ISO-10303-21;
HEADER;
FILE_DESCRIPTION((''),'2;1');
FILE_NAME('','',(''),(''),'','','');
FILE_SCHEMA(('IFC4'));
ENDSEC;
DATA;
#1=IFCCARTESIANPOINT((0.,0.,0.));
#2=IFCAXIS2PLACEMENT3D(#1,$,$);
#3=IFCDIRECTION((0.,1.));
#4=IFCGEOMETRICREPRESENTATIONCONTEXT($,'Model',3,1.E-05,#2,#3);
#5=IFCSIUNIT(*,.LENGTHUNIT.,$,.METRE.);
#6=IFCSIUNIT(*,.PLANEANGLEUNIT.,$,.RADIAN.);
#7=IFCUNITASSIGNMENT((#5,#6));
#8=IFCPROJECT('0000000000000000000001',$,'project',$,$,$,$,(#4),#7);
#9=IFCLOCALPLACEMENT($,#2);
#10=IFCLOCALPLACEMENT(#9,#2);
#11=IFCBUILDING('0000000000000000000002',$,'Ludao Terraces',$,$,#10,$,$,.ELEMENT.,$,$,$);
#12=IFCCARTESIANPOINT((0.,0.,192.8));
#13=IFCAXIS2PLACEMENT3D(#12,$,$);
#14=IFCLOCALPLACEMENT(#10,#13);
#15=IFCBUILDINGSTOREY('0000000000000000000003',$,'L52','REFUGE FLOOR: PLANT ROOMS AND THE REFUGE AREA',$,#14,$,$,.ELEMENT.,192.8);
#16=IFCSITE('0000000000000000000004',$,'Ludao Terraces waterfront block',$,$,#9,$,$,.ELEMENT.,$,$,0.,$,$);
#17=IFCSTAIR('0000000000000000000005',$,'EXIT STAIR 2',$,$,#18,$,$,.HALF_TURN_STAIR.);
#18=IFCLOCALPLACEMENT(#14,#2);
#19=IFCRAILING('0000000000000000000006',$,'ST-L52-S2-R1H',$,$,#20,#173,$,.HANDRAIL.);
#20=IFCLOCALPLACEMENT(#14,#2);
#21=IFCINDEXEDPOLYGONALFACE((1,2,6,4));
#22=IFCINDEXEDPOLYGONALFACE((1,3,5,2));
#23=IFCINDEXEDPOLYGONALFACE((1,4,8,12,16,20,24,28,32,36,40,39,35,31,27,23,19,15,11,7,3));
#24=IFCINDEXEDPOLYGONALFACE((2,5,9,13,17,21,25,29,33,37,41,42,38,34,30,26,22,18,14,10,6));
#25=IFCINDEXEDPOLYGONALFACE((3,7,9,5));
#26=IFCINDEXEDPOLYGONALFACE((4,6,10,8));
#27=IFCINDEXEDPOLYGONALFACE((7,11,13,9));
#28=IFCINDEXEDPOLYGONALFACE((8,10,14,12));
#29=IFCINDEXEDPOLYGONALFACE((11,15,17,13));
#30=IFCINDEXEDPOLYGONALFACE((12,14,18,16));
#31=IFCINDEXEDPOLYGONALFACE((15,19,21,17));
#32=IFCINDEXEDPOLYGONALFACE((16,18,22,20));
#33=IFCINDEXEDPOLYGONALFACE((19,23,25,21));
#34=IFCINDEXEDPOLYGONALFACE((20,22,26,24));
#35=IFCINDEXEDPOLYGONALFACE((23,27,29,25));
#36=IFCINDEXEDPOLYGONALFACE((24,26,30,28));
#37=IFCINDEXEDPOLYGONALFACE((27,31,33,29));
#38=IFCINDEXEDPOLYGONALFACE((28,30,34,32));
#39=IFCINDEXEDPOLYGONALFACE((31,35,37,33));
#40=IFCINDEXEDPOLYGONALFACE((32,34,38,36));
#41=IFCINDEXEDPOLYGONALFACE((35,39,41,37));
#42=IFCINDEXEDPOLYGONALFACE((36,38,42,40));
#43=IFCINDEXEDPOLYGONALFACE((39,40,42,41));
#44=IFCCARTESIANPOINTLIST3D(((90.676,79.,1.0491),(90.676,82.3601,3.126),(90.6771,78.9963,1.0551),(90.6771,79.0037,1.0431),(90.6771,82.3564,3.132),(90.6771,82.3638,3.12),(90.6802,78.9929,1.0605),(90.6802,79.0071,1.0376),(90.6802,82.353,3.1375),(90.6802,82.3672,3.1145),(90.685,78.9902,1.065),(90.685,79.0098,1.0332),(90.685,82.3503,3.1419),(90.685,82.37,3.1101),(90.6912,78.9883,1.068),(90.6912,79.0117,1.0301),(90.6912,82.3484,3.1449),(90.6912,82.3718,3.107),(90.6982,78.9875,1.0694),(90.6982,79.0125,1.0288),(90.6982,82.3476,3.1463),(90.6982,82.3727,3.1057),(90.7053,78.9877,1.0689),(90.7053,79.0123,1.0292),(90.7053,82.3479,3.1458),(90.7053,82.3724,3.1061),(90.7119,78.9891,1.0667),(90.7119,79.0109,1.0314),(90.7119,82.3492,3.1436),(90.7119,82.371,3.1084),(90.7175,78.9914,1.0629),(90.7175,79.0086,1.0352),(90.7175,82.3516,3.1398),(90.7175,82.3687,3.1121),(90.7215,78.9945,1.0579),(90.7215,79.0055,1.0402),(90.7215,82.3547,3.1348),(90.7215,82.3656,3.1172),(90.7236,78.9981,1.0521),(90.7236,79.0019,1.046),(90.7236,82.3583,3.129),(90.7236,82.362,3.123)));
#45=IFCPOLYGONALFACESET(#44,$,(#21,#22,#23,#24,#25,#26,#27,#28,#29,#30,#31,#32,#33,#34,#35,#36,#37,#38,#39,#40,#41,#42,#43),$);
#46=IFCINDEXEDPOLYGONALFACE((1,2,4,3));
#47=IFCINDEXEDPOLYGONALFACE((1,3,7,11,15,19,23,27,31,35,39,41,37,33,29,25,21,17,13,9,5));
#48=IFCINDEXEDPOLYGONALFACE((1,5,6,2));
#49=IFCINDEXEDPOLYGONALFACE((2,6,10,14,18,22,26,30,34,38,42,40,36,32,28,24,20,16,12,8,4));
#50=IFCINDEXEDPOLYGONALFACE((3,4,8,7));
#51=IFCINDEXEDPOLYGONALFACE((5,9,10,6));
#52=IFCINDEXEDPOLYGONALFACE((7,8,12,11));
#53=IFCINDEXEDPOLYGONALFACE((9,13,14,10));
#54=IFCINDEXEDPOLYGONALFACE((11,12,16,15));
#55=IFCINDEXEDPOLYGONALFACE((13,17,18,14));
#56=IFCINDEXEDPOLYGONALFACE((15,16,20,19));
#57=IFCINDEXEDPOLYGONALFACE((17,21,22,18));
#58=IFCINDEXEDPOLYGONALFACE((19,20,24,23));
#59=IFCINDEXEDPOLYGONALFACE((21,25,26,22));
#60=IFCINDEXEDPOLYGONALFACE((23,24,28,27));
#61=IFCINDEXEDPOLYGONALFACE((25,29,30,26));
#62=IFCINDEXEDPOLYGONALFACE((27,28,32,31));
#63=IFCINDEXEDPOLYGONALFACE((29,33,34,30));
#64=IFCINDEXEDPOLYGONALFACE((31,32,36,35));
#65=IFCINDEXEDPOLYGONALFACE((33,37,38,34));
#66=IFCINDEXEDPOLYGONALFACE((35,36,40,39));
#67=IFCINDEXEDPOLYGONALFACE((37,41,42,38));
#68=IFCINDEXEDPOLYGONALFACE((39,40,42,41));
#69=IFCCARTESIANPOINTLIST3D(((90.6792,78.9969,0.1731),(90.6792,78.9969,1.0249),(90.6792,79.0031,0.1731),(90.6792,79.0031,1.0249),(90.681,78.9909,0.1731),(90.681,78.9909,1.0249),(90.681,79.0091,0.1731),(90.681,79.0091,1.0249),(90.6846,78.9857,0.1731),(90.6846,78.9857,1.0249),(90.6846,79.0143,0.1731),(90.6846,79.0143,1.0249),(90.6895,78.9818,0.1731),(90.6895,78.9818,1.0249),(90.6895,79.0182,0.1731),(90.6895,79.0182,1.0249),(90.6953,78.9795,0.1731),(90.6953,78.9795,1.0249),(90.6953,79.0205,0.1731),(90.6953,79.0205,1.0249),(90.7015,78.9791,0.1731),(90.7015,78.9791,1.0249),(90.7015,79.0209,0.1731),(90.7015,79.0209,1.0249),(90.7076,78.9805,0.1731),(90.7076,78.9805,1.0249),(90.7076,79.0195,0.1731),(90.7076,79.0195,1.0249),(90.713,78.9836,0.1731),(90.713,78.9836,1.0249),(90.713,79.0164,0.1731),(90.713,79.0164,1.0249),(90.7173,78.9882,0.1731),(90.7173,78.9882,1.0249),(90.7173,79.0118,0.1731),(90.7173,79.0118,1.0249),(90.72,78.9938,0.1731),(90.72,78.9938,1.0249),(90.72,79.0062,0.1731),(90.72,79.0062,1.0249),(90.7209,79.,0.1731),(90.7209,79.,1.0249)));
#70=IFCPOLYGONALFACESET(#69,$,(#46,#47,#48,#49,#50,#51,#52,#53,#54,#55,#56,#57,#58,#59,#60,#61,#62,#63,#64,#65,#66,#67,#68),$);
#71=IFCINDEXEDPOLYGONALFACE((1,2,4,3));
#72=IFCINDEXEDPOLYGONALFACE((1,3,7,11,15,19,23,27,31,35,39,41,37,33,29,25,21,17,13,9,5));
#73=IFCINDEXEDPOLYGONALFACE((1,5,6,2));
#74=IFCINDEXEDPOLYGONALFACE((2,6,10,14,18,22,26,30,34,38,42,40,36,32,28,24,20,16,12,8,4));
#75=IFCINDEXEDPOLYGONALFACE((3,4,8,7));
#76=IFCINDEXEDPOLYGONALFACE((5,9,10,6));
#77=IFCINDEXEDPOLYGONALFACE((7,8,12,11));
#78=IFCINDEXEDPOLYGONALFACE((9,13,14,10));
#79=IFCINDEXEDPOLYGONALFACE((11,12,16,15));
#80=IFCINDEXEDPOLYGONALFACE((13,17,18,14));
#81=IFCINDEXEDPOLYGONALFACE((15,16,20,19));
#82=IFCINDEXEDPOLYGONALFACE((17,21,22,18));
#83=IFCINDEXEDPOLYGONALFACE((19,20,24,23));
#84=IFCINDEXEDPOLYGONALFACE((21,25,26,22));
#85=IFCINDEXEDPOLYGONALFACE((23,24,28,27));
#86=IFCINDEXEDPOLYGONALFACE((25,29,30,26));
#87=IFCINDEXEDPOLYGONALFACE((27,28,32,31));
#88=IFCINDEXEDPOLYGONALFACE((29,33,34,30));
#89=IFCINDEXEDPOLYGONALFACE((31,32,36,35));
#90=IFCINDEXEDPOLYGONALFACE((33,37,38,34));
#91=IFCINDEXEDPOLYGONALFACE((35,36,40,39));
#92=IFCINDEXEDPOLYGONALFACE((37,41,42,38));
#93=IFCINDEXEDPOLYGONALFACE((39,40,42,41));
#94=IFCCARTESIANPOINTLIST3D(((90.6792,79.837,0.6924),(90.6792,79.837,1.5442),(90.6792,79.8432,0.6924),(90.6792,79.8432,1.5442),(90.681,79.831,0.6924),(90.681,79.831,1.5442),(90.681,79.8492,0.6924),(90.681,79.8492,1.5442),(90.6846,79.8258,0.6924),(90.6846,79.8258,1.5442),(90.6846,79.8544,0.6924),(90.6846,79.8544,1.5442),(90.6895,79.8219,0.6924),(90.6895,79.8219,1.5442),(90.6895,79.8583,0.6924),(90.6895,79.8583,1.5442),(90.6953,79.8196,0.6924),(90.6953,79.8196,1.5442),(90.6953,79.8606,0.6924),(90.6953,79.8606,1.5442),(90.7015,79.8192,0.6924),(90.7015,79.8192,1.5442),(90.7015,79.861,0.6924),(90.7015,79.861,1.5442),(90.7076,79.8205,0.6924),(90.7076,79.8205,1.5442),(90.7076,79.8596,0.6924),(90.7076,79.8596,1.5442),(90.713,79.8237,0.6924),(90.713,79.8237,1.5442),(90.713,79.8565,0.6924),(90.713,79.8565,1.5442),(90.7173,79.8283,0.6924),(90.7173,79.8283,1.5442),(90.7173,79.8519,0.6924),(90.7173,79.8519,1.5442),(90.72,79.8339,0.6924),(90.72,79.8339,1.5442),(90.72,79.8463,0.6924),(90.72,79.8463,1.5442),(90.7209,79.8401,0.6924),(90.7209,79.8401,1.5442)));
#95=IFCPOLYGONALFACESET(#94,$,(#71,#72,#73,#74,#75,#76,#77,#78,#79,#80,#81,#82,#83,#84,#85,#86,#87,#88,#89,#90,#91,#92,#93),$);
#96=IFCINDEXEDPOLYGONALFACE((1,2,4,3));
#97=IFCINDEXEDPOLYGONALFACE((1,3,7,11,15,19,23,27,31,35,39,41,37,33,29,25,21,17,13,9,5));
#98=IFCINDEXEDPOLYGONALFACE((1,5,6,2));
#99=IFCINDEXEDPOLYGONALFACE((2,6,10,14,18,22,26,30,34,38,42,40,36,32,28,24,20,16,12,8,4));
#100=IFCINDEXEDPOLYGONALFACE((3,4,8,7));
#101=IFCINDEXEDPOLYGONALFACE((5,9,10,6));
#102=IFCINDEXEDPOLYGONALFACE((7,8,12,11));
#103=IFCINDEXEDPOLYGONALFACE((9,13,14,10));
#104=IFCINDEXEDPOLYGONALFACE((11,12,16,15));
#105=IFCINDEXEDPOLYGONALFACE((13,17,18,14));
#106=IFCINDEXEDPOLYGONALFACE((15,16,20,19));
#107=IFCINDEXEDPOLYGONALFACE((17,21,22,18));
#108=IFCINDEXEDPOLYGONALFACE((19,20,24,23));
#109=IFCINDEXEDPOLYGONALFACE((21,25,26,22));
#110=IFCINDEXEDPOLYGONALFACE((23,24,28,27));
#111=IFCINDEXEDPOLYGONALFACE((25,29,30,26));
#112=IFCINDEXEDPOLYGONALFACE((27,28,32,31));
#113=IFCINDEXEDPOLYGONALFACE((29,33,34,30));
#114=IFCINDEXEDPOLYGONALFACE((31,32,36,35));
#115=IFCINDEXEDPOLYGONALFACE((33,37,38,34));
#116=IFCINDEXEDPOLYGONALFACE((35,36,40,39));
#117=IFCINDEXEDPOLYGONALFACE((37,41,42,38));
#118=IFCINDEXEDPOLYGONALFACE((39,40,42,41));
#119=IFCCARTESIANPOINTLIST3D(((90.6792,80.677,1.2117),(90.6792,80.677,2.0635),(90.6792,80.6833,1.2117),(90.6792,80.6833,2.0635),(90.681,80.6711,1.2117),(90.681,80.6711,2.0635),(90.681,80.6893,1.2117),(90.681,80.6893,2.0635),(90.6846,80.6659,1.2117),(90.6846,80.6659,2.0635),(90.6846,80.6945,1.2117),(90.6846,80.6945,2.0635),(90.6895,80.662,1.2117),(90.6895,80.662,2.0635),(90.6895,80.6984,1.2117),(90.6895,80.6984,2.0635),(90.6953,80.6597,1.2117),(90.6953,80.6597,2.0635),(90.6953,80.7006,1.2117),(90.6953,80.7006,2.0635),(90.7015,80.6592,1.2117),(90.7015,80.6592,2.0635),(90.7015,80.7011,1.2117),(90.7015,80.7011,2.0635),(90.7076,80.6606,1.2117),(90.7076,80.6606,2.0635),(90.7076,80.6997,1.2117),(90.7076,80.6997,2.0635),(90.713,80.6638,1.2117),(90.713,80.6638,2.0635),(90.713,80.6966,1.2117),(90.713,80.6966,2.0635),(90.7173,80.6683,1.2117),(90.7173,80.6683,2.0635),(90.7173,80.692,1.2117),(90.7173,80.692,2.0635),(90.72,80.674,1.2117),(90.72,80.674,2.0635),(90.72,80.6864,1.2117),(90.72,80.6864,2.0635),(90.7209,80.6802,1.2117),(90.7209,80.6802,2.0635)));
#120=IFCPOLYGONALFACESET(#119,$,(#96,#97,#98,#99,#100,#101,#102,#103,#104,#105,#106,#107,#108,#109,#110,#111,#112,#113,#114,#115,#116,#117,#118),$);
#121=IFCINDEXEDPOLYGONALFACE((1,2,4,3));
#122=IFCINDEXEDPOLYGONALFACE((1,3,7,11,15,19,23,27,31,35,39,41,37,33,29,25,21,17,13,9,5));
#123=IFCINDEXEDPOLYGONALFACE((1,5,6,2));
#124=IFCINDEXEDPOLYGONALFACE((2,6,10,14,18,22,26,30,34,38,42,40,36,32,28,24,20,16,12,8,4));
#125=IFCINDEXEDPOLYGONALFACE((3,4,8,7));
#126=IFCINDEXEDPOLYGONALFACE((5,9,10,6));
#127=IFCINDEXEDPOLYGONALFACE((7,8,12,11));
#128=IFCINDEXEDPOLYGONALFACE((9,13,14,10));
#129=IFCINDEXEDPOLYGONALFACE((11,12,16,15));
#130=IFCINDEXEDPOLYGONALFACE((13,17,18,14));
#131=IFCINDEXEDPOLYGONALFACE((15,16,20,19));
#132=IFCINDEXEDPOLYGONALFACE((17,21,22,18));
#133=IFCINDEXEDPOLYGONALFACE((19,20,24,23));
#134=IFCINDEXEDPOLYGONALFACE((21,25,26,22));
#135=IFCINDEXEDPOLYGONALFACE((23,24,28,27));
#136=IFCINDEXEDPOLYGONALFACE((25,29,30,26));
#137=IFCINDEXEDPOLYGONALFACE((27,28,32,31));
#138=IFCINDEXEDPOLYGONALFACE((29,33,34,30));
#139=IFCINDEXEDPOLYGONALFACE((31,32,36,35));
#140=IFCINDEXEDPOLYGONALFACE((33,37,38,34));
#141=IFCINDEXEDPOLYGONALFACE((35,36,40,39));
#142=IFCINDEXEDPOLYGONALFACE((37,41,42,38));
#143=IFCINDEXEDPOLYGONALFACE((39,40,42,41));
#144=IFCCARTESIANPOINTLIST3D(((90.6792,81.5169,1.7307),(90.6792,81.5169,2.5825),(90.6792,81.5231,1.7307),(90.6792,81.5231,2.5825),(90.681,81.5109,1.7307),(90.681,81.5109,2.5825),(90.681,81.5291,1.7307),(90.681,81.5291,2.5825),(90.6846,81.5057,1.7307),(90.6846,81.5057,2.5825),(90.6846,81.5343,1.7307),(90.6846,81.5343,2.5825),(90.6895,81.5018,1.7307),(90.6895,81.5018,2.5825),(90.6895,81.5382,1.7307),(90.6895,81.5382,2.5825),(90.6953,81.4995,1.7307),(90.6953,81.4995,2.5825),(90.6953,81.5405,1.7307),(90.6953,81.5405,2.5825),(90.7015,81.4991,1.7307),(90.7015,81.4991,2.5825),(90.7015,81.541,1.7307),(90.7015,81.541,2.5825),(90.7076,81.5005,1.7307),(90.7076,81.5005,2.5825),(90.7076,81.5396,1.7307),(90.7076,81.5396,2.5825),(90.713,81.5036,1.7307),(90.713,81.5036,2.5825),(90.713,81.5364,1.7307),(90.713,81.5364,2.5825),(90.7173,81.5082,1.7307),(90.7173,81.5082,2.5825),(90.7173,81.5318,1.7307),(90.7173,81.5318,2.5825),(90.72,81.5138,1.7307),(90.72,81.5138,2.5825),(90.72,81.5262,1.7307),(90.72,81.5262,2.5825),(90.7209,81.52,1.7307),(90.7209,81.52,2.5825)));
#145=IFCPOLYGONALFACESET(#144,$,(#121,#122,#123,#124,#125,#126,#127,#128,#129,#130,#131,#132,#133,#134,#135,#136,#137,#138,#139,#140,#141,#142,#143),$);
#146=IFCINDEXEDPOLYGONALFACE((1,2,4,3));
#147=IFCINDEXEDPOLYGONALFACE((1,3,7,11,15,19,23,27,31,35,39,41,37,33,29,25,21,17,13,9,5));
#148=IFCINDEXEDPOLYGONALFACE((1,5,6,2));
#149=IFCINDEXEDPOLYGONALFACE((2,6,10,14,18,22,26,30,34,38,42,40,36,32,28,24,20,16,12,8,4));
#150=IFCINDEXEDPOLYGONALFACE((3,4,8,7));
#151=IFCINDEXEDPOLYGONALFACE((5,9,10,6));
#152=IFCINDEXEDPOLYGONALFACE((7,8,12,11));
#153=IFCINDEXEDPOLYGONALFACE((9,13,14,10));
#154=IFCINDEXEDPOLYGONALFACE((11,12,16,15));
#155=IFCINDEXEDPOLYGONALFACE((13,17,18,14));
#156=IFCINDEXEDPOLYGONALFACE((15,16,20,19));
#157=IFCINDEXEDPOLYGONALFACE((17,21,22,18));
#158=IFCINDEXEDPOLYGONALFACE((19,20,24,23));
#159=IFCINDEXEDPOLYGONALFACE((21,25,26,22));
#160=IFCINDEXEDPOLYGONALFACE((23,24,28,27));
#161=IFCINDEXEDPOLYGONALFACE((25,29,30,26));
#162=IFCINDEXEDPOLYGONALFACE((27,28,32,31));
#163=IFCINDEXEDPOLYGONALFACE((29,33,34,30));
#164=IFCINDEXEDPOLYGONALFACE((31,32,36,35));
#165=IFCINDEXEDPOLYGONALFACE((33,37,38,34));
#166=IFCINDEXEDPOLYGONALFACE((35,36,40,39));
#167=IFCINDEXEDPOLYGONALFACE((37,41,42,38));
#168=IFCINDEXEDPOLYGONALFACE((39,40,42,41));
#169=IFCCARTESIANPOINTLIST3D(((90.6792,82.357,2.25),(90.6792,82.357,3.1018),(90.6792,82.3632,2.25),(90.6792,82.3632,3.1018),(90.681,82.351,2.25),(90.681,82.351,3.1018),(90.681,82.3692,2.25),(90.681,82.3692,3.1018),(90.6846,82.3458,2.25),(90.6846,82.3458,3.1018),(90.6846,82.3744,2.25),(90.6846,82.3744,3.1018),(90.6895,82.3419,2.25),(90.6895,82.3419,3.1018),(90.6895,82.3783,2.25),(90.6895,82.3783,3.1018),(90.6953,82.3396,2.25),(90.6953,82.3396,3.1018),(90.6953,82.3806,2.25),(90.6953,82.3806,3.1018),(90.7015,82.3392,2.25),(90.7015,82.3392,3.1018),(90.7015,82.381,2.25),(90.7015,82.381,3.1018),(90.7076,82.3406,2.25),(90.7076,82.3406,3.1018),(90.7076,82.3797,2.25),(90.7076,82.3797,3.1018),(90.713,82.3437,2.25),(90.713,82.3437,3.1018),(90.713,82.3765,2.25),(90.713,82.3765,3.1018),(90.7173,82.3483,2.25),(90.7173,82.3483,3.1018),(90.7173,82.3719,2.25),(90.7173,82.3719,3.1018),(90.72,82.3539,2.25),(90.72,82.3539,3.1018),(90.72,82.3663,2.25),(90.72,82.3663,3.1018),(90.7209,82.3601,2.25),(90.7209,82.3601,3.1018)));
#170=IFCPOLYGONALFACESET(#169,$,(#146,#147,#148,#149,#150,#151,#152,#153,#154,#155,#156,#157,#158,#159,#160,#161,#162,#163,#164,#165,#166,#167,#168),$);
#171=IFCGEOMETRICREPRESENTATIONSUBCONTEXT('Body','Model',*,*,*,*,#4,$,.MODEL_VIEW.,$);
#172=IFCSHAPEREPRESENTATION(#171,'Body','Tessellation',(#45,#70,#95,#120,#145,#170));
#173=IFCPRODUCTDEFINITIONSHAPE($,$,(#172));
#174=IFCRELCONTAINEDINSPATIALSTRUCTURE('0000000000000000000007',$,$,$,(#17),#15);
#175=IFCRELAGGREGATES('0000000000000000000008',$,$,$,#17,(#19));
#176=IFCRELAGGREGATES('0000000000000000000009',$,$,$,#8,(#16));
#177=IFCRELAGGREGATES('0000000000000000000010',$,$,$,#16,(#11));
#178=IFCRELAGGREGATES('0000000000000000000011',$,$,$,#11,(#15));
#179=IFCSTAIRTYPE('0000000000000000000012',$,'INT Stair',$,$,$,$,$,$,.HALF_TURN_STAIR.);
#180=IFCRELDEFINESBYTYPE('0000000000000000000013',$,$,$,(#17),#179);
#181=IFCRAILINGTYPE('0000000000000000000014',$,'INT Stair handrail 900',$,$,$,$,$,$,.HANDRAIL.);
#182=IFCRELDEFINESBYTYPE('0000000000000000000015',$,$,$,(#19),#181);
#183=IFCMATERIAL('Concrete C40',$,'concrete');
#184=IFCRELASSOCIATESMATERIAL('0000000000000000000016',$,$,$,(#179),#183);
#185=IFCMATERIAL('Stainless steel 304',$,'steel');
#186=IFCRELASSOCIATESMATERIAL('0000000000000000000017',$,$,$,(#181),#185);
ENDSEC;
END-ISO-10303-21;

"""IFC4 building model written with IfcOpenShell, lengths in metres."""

from ifc_helpers import new_model, si_unit, direction, frame, origin, origin_2d, place, context, subcontext, project, spatial, circle, extrude, material, type_object, element, aggregate, save


model = new_model("IFC4")

# Units and contexts
model_context = context("Model", 3, precision=1e-05, world=origin(), true_north=direction((0.0, 1.0)))
body_context = subcontext(model_context, "Body", "Model", "MODEL_VIEW")
ifc_project = project(units=[si_unit("LENGTHUNIT", "METRE"), si_unit("PLANEANGLEUNIT", "RADIAN")], contexts=[model_context])

# Site, building, storey
site_placement = place(None, origin())
site = spatial("IfcSite", under=ifc_project, at=site_placement, Name="Ludao Terraces waterfront block", CompositionType="ELEMENT", RefElevation=0.0)
building_placement = place(site_placement, origin())
building = spatial("IfcBuilding", under=site, at=building_placement, Name="Ludao Terraces", CompositionType="ELEMENT")
storey_placement = place(building_placement, frame((0.0, 0.0, 192.8)))
storey = spatial("IfcBuildingStorey", under=building, at=storey_placement, Name="L52", Description="REFUGE FLOOR: PLANT ROOMS AND THE REFUGE AREA", CompositionType="ELEMENT", Elevation=192.8)

# Shared definitions
ifc_material_1 = material(Name="Stainless steel 304", Category="steel")

# Stair, railing
ifc_material_2 = material(Name="Concrete C40", Category="concrete")
stair_type = type_object("IfcStairType", Name="INT Stair", PredefinedType="HALF_TURN_STAIR", material=ifc_material_2)
stair_placement = place(storey_placement, origin())
stair = element("IfcStair", 1, at=stair_placement, inside=storey, type_object=stair_type, Name="EXIT STAIR 2", PredefinedType="HALF_TURN_STAIR")
railing_type_1 = type_object("IfcRailingType", Name="INT Stair handrail 900", PredefinedType="HANDRAIL", material=ifc_material_1)
railing_1_placement = place(storey_placement, frame((90.7, 79.0, 0.1731)))
railing_1 = element("IfcRailing", 2, at=railing_1_placement, type_object=railing_type_1, Name="ST-L52-S2-R1H", PredefinedType="HANDRAIL", context=body_context, shape_type="SweptSolid", body=[
    extrude(circle(Radius=0.0239, at=origin_2d()), frame((0.0, 0.0, 0.876), z_axis=(0.0, 0.850623, 0.525776), x_axis=(-1.0, 0.0, 0.0)), (0.0, 0.0, 1.0), 3.9502),
    extrude(circle(Radius=0.021, at=origin_2d()), origin(), (0.0, 0.0, 1.0), 0.8518),
    extrude(circle(Radius=0.021, at=origin_2d()), frame((0.0, 0.8401, 0.5193)), (0.0, 0.0, 1.0), 0.8518),
    extrude(circle(Radius=0.021, at=origin_2d()), frame((0.0, 1.6802, 1.0386)), (0.0, 0.0, 1.0), 0.8518),
    extrude(circle(Radius=0.021, at=origin_2d()), frame((0.0, 2.52, 1.5576)), (0.0, 0.0, 1.0), 0.8518),
    extrude(circle(Radius=0.021, at=origin_2d()), frame((0.0, 3.3601, 2.0769)), (0.0, 0.0, 1.0), 0.8518),
])
aggregate(stair, [railing_1])

save(model, "model.ifc")
